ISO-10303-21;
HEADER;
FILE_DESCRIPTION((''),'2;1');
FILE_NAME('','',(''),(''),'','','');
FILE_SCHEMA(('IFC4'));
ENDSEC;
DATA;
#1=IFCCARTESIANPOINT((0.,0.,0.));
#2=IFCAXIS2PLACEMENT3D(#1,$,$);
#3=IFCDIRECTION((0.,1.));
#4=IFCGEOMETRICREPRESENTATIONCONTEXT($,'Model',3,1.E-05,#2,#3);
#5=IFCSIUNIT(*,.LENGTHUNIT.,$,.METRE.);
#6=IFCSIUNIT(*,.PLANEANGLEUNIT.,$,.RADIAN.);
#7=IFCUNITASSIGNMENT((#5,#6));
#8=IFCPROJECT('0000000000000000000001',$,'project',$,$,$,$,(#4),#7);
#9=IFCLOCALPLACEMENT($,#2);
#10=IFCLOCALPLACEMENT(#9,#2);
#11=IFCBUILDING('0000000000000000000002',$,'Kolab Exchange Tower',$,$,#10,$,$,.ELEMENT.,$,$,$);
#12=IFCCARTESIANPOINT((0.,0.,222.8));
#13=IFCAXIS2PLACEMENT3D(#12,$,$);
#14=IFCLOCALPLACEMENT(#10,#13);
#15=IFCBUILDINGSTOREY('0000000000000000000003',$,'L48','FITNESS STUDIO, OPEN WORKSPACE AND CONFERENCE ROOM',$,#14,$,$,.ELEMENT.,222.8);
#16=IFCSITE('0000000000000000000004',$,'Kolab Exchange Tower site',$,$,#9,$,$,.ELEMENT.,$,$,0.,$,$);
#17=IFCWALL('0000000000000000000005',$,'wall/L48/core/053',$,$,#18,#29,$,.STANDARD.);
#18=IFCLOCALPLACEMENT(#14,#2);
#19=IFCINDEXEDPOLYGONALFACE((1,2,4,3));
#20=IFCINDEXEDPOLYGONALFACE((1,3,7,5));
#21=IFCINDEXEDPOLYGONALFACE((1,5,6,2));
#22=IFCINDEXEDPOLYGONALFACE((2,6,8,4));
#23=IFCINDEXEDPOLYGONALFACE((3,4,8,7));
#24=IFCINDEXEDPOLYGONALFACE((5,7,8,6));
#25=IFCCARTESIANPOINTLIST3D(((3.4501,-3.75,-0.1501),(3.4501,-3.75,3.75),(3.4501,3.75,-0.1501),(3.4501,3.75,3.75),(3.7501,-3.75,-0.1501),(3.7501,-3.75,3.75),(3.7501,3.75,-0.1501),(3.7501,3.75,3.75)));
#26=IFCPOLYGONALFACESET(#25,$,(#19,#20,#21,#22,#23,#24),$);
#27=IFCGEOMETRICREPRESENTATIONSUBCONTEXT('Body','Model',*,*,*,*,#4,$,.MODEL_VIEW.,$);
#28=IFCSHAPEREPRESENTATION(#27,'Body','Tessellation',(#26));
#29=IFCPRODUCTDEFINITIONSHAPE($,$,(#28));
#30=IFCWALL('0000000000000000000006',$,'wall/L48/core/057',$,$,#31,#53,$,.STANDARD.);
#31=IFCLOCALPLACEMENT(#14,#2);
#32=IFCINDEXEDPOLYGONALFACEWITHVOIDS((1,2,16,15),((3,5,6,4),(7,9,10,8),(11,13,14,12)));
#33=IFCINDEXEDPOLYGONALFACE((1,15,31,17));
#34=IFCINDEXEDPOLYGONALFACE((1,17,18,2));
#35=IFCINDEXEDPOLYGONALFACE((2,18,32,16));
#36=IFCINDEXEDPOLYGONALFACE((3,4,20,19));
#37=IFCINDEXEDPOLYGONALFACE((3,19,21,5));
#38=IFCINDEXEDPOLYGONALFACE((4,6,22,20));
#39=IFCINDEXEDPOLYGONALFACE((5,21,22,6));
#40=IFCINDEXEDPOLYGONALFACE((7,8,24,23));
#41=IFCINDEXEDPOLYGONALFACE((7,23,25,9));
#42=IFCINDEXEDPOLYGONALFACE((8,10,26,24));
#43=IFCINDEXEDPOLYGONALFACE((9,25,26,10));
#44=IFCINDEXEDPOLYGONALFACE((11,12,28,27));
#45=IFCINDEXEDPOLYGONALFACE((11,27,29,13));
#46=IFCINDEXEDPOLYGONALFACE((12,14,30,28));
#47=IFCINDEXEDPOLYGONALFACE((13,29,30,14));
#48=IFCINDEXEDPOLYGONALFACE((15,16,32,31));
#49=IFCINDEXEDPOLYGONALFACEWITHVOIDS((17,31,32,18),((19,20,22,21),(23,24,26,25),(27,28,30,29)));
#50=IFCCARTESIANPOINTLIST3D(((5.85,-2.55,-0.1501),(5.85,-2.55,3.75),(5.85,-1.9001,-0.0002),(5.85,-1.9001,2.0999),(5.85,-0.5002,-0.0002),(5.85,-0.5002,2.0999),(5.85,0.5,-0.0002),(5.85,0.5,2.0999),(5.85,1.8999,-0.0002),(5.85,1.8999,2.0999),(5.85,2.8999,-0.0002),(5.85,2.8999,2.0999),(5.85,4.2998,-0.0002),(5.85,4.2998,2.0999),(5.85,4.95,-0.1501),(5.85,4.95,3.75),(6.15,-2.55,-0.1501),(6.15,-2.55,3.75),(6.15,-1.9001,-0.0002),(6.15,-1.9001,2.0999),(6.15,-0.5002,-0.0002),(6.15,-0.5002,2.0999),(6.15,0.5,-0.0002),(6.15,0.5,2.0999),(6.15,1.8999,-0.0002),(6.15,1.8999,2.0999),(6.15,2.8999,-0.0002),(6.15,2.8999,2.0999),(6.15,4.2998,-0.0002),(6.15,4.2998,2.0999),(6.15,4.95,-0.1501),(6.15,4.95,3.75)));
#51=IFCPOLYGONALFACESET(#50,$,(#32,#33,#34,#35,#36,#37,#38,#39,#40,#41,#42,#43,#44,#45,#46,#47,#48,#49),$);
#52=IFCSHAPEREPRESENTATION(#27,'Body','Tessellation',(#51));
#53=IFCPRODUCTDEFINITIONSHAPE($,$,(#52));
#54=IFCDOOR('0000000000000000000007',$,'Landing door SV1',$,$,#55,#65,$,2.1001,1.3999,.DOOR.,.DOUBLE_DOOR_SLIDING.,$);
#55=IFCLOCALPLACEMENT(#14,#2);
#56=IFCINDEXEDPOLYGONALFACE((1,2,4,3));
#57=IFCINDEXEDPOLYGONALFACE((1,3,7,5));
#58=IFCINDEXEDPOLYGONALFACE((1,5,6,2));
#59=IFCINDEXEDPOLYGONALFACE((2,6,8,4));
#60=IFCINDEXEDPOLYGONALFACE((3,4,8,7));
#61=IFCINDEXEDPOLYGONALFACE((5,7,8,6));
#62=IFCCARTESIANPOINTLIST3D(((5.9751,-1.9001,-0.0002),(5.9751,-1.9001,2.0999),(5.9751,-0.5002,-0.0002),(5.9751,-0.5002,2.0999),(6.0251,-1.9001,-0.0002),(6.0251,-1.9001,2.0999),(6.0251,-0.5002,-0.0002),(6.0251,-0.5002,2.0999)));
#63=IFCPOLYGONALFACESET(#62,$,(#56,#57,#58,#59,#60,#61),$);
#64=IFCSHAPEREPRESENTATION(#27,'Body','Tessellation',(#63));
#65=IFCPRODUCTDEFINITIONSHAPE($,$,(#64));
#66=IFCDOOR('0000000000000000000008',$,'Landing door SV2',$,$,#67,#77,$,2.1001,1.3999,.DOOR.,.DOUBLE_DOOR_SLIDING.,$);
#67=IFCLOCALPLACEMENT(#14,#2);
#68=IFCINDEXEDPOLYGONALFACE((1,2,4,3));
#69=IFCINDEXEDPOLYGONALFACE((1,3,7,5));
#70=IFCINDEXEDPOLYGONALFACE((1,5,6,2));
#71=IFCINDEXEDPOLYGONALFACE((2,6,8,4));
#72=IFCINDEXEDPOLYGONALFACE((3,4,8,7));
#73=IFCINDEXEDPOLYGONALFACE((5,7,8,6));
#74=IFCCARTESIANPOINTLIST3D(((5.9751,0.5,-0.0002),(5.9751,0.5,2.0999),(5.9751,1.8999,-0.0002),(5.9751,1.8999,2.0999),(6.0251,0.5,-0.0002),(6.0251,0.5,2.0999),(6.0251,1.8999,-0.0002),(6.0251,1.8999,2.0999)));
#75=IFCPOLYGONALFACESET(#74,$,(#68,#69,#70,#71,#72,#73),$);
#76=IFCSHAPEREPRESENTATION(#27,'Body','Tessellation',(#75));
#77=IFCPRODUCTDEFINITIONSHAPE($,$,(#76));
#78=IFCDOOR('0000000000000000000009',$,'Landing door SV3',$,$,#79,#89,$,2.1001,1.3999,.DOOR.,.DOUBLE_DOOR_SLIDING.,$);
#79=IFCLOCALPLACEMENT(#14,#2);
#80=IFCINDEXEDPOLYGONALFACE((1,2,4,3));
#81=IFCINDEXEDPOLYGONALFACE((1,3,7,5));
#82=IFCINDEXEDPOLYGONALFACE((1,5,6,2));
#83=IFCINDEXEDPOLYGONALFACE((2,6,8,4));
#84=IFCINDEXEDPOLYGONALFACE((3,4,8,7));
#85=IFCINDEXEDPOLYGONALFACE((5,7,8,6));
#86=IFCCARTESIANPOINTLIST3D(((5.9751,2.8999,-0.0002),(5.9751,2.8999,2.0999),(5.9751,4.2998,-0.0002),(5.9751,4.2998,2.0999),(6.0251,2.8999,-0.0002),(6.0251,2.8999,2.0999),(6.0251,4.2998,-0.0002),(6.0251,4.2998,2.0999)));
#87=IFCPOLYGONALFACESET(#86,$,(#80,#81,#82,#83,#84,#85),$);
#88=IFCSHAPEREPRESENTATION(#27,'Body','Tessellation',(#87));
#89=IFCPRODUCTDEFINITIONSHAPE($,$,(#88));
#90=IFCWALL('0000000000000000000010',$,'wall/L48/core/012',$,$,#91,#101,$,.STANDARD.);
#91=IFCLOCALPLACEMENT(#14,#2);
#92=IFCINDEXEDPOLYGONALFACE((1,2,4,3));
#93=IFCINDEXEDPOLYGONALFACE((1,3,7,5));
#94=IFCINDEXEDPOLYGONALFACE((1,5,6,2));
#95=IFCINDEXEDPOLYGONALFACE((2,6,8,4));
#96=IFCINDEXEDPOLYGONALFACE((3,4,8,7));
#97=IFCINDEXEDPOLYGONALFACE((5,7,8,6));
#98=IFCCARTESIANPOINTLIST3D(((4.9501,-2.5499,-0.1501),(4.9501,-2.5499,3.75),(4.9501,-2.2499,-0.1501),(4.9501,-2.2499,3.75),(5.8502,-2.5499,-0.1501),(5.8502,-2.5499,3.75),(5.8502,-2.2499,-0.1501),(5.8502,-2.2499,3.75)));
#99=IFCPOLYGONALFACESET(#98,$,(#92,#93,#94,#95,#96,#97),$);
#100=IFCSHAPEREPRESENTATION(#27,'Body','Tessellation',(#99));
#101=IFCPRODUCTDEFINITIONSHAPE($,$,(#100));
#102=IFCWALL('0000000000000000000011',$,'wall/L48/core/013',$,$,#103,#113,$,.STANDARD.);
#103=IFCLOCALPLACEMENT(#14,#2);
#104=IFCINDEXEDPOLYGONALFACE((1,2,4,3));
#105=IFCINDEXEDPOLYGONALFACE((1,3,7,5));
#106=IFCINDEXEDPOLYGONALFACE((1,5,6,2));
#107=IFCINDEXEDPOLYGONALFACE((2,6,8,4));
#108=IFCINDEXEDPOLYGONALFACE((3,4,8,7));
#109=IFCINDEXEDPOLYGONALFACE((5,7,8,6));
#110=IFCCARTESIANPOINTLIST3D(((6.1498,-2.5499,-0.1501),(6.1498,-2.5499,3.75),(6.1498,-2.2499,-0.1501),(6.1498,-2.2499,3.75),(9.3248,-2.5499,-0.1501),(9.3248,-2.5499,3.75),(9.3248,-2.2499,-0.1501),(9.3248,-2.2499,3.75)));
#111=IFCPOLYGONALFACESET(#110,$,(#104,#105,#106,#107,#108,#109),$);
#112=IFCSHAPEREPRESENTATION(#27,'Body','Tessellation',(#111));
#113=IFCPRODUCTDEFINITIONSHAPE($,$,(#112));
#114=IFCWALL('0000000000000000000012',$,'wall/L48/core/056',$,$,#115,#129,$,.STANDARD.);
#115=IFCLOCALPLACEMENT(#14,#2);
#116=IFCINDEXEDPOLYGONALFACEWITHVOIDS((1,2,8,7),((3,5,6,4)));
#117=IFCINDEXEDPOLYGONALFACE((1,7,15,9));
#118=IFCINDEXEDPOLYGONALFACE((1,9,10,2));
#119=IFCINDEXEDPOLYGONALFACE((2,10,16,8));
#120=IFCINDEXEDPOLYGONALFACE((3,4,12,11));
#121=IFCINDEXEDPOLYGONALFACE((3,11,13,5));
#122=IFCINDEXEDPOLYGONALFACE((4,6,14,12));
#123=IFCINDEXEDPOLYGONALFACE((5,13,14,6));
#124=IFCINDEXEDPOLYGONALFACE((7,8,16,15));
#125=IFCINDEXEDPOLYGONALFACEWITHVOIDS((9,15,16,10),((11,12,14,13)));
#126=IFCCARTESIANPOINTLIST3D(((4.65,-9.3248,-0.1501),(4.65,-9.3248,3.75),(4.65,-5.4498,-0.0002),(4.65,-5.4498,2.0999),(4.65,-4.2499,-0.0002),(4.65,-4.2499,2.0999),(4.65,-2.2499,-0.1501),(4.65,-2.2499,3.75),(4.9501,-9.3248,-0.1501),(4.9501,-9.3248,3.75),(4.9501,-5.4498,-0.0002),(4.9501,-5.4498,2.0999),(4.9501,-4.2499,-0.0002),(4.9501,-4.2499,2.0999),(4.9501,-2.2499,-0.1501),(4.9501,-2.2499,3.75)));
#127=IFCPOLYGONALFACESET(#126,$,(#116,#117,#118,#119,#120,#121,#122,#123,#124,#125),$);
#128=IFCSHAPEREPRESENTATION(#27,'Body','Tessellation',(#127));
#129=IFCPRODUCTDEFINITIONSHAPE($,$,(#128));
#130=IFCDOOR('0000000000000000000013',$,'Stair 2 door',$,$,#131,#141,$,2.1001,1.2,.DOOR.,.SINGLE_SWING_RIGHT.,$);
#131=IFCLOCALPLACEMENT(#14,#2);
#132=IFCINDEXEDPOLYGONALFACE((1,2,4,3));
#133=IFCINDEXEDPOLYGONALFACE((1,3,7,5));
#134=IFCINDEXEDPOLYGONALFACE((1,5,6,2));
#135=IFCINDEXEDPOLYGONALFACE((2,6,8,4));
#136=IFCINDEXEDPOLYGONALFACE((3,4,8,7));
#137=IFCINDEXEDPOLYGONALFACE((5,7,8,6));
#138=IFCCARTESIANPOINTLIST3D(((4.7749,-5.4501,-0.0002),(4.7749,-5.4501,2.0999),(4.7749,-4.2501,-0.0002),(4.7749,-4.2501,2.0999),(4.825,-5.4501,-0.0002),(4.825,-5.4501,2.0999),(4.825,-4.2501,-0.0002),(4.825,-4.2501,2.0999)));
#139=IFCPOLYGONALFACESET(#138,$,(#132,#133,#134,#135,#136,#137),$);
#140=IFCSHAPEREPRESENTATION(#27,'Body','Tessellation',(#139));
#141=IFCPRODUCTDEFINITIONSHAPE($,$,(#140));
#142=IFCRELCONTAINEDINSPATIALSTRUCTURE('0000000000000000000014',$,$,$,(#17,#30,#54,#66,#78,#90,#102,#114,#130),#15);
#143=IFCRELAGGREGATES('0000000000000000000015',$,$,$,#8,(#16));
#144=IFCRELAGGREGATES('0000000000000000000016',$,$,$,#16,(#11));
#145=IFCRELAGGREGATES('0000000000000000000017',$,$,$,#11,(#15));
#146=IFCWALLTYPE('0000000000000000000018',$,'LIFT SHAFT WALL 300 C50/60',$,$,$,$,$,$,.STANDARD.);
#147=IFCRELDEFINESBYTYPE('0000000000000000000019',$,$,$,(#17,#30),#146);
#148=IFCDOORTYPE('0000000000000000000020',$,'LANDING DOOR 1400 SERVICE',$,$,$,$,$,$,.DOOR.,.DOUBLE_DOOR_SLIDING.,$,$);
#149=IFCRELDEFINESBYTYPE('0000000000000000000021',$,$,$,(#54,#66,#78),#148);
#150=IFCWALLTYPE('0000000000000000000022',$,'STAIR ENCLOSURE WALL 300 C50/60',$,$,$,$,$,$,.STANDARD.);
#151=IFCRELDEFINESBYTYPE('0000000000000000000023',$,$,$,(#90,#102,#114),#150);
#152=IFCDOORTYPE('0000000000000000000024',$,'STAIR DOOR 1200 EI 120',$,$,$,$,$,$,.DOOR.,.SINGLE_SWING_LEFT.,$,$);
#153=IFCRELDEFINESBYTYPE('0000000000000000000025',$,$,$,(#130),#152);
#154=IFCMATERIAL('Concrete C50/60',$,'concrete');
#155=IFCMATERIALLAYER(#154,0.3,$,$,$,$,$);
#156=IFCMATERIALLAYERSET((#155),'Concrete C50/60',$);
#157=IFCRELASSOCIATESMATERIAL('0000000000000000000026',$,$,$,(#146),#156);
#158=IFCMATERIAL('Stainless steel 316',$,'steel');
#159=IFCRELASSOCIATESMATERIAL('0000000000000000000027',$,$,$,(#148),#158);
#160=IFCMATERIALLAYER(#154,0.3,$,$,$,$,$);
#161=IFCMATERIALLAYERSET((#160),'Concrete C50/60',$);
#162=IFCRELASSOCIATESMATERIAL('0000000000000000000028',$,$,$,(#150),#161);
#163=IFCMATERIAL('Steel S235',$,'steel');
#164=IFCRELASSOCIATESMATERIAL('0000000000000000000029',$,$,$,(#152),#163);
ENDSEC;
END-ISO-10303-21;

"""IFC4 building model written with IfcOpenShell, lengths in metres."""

from ifc_helpers import new_model, si_unit, direction, frame, frame_2d, origin, place, context, subcontext, project, spatial, rectangle, extrude, material, layer, layer_set, type_object, element, fill, save


model = new_model("IFC4")

# Units and contexts
model_context = context("Model", 3, precision=1e-05, world=origin(), true_north=direction((0.0, 1.0)))
body_context = subcontext(model_context, "Body", "Model", "MODEL_VIEW")
ifc_project = project(units=[si_unit("LENGTHUNIT", "METRE"), si_unit("PLANEANGLEUNIT", "RADIAN")], contexts=[model_context])

# Site, building, storey
site_placement = place(None, origin())
site = spatial("IfcSite", under=ifc_project, at=site_placement, Name="Kolab Exchange Tower site", CompositionType="ELEMENT", RefElevation=0.0)
building_placement = place(site_placement, origin())
building = spatial("IfcBuilding", under=site, at=building_placement, Name="Kolab Exchange Tower", CompositionType="ELEMENT")
storey_placement = place(building_placement, frame((0.0, 0.0, 222.8)))
storey = spatial("IfcBuildingStorey", under=building, at=storey_placement, Name="L48", Description="FITNESS STUDIO, OPEN WORKSPACE AND CONFERENCE ROOM", CompositionType="ELEMENT", Elevation=222.8)

# Shared definitions
ifc_material_1 = material(Name="Concrete C50/60", Category="concrete")
ifc_layer_1 = layer(ifc_material_1, 0.3)
ifc_layer_set_1 = layer_set([ifc_layer_1], Name="Concrete C50/60")
wall_type_1 = type_object("IfcWallType", Name="LIFT SHAFT WALL 300 C50/60", PredefinedType="STANDARD", material=ifc_layer_set_1)
ifc_material_2 = material(Name="Stainless steel 316", Category="steel")

# Wall
for number, where, z_axis, x_axis, name in (
    (1, (3.6001, -3.75, -0.1501), (0.0, 0.0, 1.0), (0.0, 1.0, 0.0), "wall/L48/core/053"),
):
    element("IfcWall", number, at=place(storey_placement, frame(where, z_axis=z_axis, x_axis=x_axis)), inside=storey, type_object=wall_type_1, Name=name, PredefinedType="STANDARD", context=body_context, shape_type="SweptSolid", body=[
        extrude(rectangle(XDim=7.5, YDim=0.3, at=frame_2d((3.75, 0.0))), origin(), (0.0, 0.0, 1.0), 3.9001),
    ])

# Wall, openings, doors
wall_1_placement = place(storey_placement, frame((6.0, -2.55, -0.1501), z_axis=(0.0, 0.0, 1.0), x_axis=(0.0, 1.0, 0.0)))
wall_1 = element("IfcWall", 2, at=wall_1_placement, inside=storey, type_object=wall_type_1, Name="wall/L48/core/057", PredefinedType="STANDARD", context=body_context, shape_type="SweptSolid", body=[
    extrude(rectangle(XDim=7.5, YDim=0.3, at=frame_2d((3.75, 0.0))), origin(), (0.0, 0.0, 1.0), 3.9001),
])
opening_1_placement = place(wall_1_placement, frame((0.6499, 0.0, 0.1499)))
opening_1 = element("IfcOpeningElement", 3, at=opening_1_placement, cuts=wall_1, PredefinedType="OPENING", context=body_context, shape_type="SweptSolid", body=[
    extrude(rectangle(XDim=1.3999, YDim=2.1001, at=frame_2d((0.7, 1.05))), frame((0.0, 0.1602, 0.0), z_axis=(0.0, -1.0, 0.0), x_axis=(1.0, 0.0, 0.0)), (0.0, 0.0, 1.0), 0.3201),
])
opening_2_placement = place(wall_1_placement, frame((3.05, 0.0, 0.1499)))
opening_2 = element("IfcOpeningElement", 4, at=opening_2_placement, cuts=wall_1, PredefinedType="OPENING", context=body_context, shape_type="SweptSolid", body=[
    extrude(rectangle(XDim=1.3999, YDim=2.1001, at=frame_2d((0.7, 1.05))), frame((0.0, 0.1602, 0.0), z_axis=(0.0, -1.0, 0.0), x_axis=(1.0, 0.0, 0.0)), (0.0, 0.0, 1.0), 0.3201),
])
opening_3_placement = place(wall_1_placement, frame((5.45, 0.0, 0.1499)))
opening_3 = element("IfcOpeningElement", 5, at=opening_3_placement, cuts=wall_1, PredefinedType="OPENING", context=body_context, shape_type="SweptSolid", body=[
    extrude(rectangle(XDim=1.3999, YDim=2.1001, at=frame_2d((0.7, 1.05))), frame((0.0, 0.1602, 0.0), z_axis=(0.0, -1.0, 0.0), x_axis=(1.0, 0.0, 0.0)), (0.0, 0.0, 1.0), 0.3201),
])
door_type_1 = type_object("IfcDoorType", Name="LANDING DOOR 1400 SERVICE", OperationType="DOUBLE_DOOR_SLIDING", PredefinedType="DOOR", material=ifc_material_2)
door_1_placement = place(opening_1_placement, origin())
door_1 = element("IfcDoor", 6, at=door_1_placement, inside=storey, type_object=door_type_1, Name="Landing door SV1", OperationType="DOUBLE_DOOR_SLIDING", OverallHeight=2.1001, OverallWidth=1.3999, PredefinedType="DOOR", context=body_context, shape_type="SweptSolid", body=[
    extrude(rectangle(XDim=1.3999, YDim=2.1001, at=frame_2d((0.7, 1.05))), frame((0.0, 0.0249, 0.0), z_axis=(0.0, -1.0, 0.0), x_axis=(1.0, 0.0, 0.0)), (0.0, 0.0, 1.0), 0.05),
])
fill(opening_1, door_1)
door_2_placement = place(opening_2_placement, origin())
door_2 = element("IfcDoor", 7, at=door_2_placement, inside=storey, type_object=door_type_1, Name="Landing door SV2", OperationType="DOUBLE_DOOR_SLIDING", OverallHeight=2.1001, OverallWidth=1.3999, PredefinedType="DOOR", context=body_context, shape_type="SweptSolid", body=[
    extrude(rectangle(XDim=1.3999, YDim=2.1001, at=frame_2d((0.7, 1.05))), frame((0.0, 0.0249, 0.0), z_axis=(0.0, -1.0, 0.0), x_axis=(1.0, 0.0, 0.0)), (0.0, 0.0, 1.0), 0.05),
])
fill(opening_2, door_2)
door_3_placement = place(opening_3_placement, origin())
door_3 = element("IfcDoor", 8, at=door_3_placement, inside=storey, type_object=door_type_1, Name="Landing door SV3", OperationType="DOUBLE_DOOR_SLIDING", OverallHeight=2.1001, OverallWidth=1.3999, PredefinedType="DOOR", context=body_context, shape_type="SweptSolid", body=[
    extrude(rectangle(XDim=1.3999, YDim=2.1001, at=frame_2d((0.7, 1.05))), frame((0.0, 0.0249, 0.0), z_axis=(0.0, -1.0, 0.0), x_axis=(1.0, 0.0, 0.0)), (0.0, 0.0, 1.0), 0.05),
])
fill(opening_3, door_3)

# Walls
ifc_layer_2 = layer(ifc_material_1, 0.3)
ifc_layer_set_2 = layer_set([ifc_layer_2], Name="Concrete C50/60")
wall_type_2 = type_object("IfcWallType", Name="STAIR ENCLOSURE WALL 300 C50/60", PredefinedType="STANDARD", material=ifc_layer_set_2)
wall_2_placement = place(storey_placement, frame((4.95, -2.3999, -0.1501), z_axis=(0.0, 0.0, 1.0), x_axis=(1.0, 0.0, 0.0)))
element("IfcWall", 9, at=wall_2_placement, inside=storey, type_object=wall_type_2, Name="wall/L48/core/012", PredefinedType="STANDARD", context=body_context, shape_type="SweptSolid", body=[
    extrude(rectangle(XDim=0.9001, YDim=0.3, at=frame_2d((0.4502, 0.0))), origin(), (0.0, 0.0, 1.0), 3.9001),
])
wall_3_placement = place(storey_placement, frame((6.1499, -2.3999, -0.1501), z_axis=(0.0, 0.0, 1.0), x_axis=(1.0, 0.0, 0.0)))
element("IfcWall", 10, at=wall_3_placement, inside=storey, type_object=wall_type_2, Name="wall/L48/core/013", PredefinedType="STANDARD", context=body_context, shape_type="SweptSolid", body=[
    extrude(rectangle(XDim=3.175, YDim=0.3, at=frame_2d((1.5874, 0.0))), origin(), (0.0, 0.0, 1.0), 3.9001),
])

# Wall, opening, door
wall_4_placement = place(storey_placement, frame((4.8, -9.325, -0.1501), z_axis=(0.0, 0.0, 1.0), x_axis=(0.0, 1.0, 0.0)))
wall_4 = element("IfcWall", 11, at=wall_4_placement, inside=storey, type_object=wall_type_2, Name="wall/L48/core/056", PredefinedType="STANDARD", context=body_context, shape_type="SweptSolid", body=[
    extrude(rectangle(XDim=7.075, YDim=0.3, at=frame_2d((3.5376, 0.0))), origin(), (0.0, 0.0, 1.0), 3.9001),
])
opening_4_placement = place(wall_4_placement, frame((3.875, 0.0, 0.1499)))
opening_4 = element("IfcOpeningElement", 12, at=opening_4_placement, cuts=wall_4, PredefinedType="OPENING", context=body_context, shape_type="SweptSolid", body=[
    extrude(rectangle(XDim=1.2, YDim=2.1001, at=frame_2d((0.6001, 1.05))), frame((0.0, 0.1602, 0.0), z_axis=(0.0, -1.0, 0.0), x_axis=(1.0, 0.0, 0.0)), (0.0, 0.0, 1.0), 0.3201),
])
ifc_material_3 = material(Name="Steel S235", Category="steel")
door_type_2 = type_object("IfcDoorType", Name="STAIR DOOR 1200 EI 120", OperationType="SINGLE_SWING_LEFT", PredefinedType="DOOR", material=ifc_material_3)
door_4_placement = place(opening_4_placement, frame((1.2, 0.0, 0.0), z_axis=(0.0, 0.0, 1.0), x_axis=(-1.0, 0.0, 0.0)))
door_4 = element("IfcDoor", 13, at=door_4_placement, inside=storey, type_object=door_type_2, Name="Stair 2 door", OperationType="SINGLE_SWING_RIGHT", OverallHeight=2.1001, OverallWidth=1.2, PredefinedType="DOOR", context=body_context, shape_type="SweptSolid", body=[
    extrude(rectangle(XDim=1.2, YDim=2.1001, at=frame_2d((0.6001, 1.05))), frame((0.0, 0.0249, 0.0), z_axis=(0.0, -1.0, 0.0), x_axis=(1.0, 0.0, 0.0)), (0.0, 0.0, 1.0), 0.05),
])
fill(opening_4, door_4)

save(model, "model.ifc")
